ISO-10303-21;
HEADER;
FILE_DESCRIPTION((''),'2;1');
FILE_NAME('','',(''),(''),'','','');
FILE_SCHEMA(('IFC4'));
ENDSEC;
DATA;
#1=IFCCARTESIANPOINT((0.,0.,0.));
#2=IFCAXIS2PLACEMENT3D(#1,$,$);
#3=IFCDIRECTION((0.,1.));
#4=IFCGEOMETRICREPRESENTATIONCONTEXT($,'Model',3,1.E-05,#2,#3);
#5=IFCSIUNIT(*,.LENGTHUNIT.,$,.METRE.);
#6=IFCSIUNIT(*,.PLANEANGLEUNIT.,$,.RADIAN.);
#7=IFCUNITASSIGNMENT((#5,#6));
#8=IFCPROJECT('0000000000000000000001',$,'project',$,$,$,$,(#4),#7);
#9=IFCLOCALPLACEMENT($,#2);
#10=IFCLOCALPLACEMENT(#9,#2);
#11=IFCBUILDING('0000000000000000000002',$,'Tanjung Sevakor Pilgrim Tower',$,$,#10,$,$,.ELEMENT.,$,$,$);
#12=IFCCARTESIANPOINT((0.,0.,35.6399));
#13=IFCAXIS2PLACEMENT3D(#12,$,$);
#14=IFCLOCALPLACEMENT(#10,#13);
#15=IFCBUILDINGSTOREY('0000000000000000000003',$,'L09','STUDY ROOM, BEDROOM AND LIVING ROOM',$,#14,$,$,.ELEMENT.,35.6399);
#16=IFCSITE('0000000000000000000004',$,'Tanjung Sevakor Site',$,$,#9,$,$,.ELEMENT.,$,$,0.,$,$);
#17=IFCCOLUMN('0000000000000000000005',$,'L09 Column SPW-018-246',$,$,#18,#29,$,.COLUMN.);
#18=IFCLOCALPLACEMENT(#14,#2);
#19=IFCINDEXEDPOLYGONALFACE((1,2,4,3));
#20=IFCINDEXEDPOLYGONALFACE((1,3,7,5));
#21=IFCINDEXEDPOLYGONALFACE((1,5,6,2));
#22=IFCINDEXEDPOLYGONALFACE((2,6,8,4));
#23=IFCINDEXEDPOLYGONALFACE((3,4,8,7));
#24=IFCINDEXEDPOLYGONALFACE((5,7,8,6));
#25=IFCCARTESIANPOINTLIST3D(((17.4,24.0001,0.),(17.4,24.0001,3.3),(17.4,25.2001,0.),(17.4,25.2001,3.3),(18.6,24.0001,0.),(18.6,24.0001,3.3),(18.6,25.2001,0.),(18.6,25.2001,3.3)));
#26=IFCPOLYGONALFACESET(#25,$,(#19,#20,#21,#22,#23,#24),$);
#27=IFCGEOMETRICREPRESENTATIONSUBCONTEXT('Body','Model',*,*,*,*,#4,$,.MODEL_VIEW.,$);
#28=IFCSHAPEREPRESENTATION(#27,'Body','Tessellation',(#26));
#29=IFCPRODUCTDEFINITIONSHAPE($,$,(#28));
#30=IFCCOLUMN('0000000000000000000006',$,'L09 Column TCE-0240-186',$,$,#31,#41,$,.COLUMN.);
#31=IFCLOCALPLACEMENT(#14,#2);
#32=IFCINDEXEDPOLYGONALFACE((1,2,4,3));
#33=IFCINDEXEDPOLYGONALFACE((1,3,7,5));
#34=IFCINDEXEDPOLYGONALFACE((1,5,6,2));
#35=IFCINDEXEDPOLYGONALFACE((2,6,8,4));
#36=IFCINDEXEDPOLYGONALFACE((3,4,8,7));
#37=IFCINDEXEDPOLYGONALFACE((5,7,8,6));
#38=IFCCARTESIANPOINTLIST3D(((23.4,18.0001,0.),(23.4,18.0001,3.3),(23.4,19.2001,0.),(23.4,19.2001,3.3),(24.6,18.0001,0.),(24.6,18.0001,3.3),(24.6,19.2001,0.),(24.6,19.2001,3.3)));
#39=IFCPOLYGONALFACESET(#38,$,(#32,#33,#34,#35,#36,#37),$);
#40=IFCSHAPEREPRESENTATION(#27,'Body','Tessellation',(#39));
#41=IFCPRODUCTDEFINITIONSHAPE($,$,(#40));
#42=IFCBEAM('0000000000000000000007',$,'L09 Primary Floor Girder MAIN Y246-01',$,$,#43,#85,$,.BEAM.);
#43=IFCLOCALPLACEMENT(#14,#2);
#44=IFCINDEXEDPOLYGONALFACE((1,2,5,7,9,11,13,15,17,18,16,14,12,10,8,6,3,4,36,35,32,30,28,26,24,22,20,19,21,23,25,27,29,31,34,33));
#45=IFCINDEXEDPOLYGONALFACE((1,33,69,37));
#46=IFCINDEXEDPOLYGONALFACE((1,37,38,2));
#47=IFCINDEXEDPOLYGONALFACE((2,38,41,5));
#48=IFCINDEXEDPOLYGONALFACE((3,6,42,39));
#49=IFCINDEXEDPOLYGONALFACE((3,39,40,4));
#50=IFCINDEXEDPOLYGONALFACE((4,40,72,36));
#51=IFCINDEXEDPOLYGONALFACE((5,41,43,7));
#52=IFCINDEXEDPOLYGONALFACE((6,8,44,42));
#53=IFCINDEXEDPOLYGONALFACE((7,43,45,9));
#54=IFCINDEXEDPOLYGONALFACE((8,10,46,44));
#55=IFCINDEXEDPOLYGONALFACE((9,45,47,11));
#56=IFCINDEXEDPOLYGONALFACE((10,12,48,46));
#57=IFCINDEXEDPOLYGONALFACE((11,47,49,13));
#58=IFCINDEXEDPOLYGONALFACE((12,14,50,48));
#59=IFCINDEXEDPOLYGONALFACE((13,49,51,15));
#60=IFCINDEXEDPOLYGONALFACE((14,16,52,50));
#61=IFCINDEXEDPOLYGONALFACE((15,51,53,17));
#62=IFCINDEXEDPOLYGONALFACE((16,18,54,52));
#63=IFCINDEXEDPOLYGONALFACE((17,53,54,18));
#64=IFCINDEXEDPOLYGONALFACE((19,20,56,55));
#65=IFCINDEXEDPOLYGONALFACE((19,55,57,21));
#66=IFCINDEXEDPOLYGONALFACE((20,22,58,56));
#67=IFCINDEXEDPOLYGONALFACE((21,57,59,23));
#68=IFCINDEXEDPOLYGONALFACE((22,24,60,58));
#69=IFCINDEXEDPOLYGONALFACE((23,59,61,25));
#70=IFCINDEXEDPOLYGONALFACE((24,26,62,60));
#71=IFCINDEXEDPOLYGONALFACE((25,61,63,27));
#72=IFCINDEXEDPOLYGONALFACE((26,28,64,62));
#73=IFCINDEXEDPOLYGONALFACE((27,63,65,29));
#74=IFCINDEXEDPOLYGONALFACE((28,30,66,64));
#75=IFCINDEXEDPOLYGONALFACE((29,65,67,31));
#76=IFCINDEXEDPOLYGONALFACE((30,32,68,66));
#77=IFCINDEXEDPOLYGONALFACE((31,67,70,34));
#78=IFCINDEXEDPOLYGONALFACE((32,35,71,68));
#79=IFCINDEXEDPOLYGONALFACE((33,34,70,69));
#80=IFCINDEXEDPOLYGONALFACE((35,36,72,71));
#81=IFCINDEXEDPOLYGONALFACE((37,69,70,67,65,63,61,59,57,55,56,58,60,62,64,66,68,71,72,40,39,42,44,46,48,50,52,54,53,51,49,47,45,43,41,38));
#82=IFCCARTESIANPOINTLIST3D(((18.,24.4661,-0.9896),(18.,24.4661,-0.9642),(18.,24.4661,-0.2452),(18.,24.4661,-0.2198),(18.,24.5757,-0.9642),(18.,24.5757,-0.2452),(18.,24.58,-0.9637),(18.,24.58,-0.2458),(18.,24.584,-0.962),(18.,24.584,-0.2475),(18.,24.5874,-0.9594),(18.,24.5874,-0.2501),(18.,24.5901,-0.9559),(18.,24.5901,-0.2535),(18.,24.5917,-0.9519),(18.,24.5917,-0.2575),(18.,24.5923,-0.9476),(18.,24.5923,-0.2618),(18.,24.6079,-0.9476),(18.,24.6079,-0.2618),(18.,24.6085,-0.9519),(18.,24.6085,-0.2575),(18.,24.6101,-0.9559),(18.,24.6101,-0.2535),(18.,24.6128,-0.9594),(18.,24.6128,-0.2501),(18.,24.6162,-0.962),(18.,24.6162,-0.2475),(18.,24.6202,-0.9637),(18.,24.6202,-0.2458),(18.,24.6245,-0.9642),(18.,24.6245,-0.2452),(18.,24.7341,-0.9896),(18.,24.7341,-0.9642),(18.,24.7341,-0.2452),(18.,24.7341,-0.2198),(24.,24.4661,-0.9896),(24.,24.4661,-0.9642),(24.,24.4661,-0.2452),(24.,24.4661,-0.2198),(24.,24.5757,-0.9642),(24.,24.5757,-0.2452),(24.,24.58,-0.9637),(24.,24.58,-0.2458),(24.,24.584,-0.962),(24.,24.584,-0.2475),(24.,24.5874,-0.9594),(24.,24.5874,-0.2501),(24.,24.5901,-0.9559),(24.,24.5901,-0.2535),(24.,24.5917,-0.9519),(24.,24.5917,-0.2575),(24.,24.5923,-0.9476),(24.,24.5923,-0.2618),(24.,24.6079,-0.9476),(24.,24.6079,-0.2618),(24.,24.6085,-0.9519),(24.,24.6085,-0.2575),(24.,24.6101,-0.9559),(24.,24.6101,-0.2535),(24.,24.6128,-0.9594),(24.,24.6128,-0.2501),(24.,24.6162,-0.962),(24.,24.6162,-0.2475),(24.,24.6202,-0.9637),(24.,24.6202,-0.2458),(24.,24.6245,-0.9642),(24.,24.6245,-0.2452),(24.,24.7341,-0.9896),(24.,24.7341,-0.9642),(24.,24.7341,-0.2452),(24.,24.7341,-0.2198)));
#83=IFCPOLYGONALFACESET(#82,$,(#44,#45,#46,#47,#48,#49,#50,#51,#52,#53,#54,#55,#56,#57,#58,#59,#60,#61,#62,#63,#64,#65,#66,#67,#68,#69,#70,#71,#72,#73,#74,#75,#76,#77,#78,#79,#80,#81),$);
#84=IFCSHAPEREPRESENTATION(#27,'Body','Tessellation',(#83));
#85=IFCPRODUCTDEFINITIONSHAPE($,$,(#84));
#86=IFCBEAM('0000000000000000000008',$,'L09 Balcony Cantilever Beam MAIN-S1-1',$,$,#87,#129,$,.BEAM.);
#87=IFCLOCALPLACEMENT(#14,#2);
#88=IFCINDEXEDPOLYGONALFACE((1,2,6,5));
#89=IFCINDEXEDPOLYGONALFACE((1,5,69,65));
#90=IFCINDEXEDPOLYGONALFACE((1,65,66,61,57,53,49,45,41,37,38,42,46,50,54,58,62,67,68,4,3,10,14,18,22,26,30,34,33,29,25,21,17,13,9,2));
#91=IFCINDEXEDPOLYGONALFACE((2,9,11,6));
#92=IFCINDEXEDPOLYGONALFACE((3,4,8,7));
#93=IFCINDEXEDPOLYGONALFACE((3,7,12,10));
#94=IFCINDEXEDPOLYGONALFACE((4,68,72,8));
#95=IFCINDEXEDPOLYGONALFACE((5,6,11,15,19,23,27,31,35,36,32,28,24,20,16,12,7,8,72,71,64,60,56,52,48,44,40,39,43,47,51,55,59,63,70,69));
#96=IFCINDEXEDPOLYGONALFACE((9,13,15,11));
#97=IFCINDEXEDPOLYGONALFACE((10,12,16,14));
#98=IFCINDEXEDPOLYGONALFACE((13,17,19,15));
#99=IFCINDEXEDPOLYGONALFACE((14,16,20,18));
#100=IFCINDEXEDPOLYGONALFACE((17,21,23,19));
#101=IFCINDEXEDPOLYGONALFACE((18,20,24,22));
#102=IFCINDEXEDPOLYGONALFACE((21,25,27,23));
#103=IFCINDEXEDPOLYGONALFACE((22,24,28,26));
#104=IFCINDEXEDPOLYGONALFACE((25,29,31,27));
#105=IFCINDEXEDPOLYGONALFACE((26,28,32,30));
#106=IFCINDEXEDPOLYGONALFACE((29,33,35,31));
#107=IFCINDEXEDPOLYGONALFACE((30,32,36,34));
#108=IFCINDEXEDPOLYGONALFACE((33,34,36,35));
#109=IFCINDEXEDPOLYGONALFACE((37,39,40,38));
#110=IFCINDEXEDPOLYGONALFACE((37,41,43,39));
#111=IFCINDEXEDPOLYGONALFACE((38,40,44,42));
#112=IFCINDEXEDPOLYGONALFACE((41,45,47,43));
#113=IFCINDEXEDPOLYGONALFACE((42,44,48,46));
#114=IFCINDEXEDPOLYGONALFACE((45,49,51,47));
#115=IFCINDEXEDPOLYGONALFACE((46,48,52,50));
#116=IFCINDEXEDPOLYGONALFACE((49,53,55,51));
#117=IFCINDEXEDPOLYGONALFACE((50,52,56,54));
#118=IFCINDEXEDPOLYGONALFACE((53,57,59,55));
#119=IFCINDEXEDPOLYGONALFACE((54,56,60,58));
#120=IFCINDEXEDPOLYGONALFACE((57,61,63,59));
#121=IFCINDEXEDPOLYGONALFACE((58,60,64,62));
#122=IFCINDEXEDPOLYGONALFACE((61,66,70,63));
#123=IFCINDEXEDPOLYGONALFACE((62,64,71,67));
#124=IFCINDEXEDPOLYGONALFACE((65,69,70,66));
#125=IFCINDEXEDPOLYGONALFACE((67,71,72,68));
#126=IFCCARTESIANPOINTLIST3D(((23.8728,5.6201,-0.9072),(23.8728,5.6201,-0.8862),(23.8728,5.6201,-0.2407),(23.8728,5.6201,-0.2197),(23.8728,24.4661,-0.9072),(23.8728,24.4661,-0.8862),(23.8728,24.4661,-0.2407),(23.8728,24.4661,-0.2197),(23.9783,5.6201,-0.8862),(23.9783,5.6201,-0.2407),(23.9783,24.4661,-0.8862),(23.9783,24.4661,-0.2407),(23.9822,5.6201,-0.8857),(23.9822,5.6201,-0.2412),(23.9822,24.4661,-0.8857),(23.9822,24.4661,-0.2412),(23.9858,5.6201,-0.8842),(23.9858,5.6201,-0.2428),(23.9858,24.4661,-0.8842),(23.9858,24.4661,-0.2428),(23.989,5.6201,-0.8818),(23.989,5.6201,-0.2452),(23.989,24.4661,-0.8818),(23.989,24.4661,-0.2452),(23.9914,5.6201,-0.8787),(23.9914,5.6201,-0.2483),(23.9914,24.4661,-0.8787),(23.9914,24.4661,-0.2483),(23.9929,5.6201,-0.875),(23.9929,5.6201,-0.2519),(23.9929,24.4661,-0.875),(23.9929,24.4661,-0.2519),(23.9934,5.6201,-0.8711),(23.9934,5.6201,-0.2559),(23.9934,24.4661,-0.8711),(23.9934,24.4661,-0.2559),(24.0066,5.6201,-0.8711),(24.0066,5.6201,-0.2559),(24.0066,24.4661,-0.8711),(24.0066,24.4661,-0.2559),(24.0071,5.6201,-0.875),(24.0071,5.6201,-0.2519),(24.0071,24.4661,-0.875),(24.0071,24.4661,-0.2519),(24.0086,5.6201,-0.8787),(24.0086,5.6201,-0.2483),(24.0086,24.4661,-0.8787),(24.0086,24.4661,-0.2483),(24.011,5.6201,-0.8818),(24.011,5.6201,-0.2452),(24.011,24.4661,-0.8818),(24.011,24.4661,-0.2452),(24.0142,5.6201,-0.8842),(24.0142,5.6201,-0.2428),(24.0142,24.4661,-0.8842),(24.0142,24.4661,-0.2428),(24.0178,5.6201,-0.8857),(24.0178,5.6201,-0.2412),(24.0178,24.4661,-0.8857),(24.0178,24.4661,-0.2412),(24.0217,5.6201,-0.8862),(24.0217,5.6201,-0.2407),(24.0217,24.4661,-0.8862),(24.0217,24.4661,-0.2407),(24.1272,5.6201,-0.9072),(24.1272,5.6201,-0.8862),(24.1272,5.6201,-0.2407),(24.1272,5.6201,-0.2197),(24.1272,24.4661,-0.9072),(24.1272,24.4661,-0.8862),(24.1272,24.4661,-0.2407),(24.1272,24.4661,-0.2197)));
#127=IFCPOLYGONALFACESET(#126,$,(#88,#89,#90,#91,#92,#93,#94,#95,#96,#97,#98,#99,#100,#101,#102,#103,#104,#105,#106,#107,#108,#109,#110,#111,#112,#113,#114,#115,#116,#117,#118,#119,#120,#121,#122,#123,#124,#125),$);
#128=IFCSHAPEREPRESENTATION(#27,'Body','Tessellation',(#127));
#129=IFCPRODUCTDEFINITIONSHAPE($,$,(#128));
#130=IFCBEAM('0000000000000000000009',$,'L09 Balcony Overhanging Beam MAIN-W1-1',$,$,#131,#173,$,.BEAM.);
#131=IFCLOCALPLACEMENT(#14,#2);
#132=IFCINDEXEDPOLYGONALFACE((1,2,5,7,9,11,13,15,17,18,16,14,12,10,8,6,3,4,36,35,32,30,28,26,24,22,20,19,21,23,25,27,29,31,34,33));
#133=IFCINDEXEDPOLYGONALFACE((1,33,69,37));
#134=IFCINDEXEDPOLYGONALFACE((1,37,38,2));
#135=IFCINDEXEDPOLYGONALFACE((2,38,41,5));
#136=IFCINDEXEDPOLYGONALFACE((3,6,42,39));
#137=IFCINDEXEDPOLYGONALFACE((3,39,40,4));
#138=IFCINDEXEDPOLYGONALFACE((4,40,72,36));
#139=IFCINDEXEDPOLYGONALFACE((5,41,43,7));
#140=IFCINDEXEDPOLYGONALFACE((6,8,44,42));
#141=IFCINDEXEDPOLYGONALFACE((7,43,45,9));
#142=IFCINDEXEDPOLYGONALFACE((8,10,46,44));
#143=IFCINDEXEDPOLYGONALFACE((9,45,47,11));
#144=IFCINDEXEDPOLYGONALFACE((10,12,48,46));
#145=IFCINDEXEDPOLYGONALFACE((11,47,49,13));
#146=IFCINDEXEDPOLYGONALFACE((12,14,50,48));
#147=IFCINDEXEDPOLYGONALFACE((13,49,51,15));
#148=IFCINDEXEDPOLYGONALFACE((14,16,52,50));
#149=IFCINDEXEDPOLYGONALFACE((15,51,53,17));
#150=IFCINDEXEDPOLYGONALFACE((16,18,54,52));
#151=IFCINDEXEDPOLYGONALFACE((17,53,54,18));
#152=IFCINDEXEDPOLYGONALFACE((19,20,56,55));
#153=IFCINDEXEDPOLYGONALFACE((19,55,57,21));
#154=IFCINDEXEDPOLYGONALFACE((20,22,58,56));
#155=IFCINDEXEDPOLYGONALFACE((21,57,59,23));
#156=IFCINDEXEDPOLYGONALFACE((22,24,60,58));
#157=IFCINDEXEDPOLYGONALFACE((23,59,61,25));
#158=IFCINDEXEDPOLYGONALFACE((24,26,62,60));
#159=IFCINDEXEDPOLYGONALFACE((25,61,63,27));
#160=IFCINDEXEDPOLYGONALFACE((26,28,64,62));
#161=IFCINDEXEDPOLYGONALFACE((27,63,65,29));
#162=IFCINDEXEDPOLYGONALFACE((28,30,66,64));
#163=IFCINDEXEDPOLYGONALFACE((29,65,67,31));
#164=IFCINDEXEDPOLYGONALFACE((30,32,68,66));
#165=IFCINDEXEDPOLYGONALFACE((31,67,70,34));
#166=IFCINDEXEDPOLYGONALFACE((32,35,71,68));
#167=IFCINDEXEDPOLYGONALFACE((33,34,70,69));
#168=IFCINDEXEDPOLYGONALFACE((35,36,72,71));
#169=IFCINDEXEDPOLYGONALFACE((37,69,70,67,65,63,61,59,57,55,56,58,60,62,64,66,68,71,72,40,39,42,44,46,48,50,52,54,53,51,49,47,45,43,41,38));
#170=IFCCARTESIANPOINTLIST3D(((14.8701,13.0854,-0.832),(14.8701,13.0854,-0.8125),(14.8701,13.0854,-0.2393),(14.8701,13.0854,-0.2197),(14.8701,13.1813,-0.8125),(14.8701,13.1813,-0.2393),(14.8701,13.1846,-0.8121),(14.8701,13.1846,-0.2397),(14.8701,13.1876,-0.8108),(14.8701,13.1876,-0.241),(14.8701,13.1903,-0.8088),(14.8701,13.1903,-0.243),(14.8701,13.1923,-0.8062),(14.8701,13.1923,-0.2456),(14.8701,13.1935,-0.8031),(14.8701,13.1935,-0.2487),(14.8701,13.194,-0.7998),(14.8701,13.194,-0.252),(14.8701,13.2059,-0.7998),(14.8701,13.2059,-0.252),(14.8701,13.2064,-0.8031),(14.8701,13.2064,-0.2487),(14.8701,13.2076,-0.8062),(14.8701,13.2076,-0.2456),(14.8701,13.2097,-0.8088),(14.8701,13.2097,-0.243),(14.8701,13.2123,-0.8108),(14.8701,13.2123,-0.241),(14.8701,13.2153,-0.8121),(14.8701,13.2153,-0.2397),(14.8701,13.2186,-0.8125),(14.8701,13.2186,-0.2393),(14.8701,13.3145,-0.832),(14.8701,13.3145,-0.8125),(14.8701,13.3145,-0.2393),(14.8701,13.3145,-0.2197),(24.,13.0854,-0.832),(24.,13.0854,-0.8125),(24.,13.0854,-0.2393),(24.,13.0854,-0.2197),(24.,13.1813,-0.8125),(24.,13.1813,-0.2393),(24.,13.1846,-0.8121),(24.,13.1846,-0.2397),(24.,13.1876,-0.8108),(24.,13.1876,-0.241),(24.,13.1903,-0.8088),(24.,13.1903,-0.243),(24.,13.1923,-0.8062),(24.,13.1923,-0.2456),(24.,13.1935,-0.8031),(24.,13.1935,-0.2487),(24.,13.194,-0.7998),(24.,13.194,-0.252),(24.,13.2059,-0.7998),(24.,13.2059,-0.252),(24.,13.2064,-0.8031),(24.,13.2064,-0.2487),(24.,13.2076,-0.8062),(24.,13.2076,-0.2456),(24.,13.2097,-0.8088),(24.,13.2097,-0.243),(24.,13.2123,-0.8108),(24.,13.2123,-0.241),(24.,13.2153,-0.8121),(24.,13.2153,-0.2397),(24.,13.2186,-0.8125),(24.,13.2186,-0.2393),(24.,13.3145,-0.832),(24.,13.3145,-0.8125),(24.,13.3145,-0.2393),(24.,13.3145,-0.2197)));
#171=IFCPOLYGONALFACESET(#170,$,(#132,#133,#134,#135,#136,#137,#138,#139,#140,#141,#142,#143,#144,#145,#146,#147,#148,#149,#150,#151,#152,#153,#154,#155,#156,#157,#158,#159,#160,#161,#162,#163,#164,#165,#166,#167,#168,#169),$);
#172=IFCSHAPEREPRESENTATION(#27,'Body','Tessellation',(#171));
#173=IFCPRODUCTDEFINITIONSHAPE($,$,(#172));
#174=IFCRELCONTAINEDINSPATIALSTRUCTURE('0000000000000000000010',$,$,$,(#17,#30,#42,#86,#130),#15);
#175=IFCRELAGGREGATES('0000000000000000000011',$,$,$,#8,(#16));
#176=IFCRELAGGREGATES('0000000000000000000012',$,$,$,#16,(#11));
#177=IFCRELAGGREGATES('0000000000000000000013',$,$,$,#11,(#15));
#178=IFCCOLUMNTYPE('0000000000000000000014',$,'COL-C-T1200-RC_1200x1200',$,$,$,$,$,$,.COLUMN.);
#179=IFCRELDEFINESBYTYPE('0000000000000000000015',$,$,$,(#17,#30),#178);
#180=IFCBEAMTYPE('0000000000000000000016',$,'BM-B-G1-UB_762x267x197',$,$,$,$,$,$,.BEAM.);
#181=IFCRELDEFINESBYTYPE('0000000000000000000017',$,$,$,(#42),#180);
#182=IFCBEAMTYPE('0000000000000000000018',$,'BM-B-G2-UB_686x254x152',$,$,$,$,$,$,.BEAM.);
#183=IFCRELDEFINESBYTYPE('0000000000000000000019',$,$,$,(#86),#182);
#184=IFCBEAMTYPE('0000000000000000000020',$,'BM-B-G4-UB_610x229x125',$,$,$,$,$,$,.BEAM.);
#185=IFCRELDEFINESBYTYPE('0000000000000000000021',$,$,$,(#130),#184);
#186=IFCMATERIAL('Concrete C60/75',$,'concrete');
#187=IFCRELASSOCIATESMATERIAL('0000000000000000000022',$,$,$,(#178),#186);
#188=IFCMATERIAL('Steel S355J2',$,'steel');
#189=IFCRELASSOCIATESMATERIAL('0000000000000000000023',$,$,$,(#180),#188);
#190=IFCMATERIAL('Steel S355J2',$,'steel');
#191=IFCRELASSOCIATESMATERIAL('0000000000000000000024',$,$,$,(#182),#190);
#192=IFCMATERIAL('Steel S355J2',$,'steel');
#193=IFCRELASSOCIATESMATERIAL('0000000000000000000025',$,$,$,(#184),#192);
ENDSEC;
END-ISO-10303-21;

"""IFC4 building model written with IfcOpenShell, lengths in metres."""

from ifc_helpers import new_model, si_unit, direction, frame, origin, origin_2d, place, context, subcontext, project, spatial, rectangle, i_section, extrude, material, material_profile, profile_set, type_object, element, save


model = new_model("IFC4")

# Units and contexts
model_context = context("Model", 3, precision=1e-05, world=origin(), true_north=direction((0.0, 1.0)))
body_context = subcontext(model_context, "Body", "Model", "MODEL_VIEW")
ifc_project = project(units=[si_unit("LENGTHUNIT", "METRE"), si_unit("PLANEANGLEUNIT", "RADIAN")], contexts=[model_context])

# Site, building, storey
site_placement = place(None, origin())
site = spatial("IfcSite", under=ifc_project, at=site_placement, Name="Tanjung Sevakor Site", CompositionType="ELEMENT", RefElevation=0.0)
building_placement = place(site_placement, origin())
building = spatial("IfcBuilding", under=site, at=building_placement, Name="Tanjung Sevakor Pilgrim Tower", CompositionType="ELEMENT")
storey_placement = place(building_placement, frame((0.0, 0.0, 35.6399)))
storey = spatial("IfcBuildingStorey", under=building, at=storey_placement, Name="L09", Description="STUDY ROOM, BEDROOM AND LIVING ROOM", CompositionType="ELEMENT", Elevation=35.6399)

# Columns
ifc_material_1 = material(Name="Concrete C60/75", Category="concrete")
ifc_material_profile_1 = material_profile(ifc_material_1, rectangle(XDim=1.2, YDim=1.2, at=origin_2d()))
ifc_profile_set_1 = profile_set([ifc_material_profile_1], Name="Concrete C60/75")
column_type = type_object("IfcColumnType", Name="COL-C-T1200-RC_1200x1200", PredefinedType="COLUMN", material=ifc_profile_set_1)
for number, where, z_axis, x_axis, name in (
    (1, (18.0, 24.6001, 0.0), (0.0, 0.0, 1.0), (1.0, 0.0, 0.0), "L09 Column SPW-018-246"),
    (2, (24.0, 18.6001, 0.0), (0.0, 0.0, 1.0), (1.0, 0.0, 0.0), "L09 Column TCE-0240-186"),
):
    element("IfcColumn", number, at=place(storey_placement, frame(where, z_axis=z_axis, x_axis=x_axis)), inside=storey, type_object=column_type, Name=name, PredefinedType="COLUMN", context=body_context, shape_type="SweptSolid", body=[
        extrude(rectangle(XDim=1.2, YDim=1.2, at=origin_2d()), origin(), (0.0, 0.0, 1.0), 3.3),
    ])

# Beams
ifc_material_2 = material(Name="Steel S355J2", Category="steel")
ifc_material_profile_2 = material_profile(ifc_material_2, i_section(OverallWidth=0.2681, OverallDepth=0.7698, WebThickness=0.0156, FlangeThickness=0.0254, FilletRadius=0.0166, at=origin_2d()))
ifc_profile_set_2 = profile_set([ifc_material_profile_2], Name="Steel S355J2")
beam_type_1 = type_object("IfcBeamType", Name="BM-B-G1-UB_762x267x197", PredefinedType="BEAM", material=ifc_profile_set_2)
beam_1_placement = place(storey_placement, frame((18.0, 24.6001, -0.6047), z_axis=(1.0, 0.0, 0.0), x_axis=(0.0, 1.0, 0.0)))
element("IfcBeam", 3, at=beam_1_placement, inside=storey, type_object=beam_type_1, Name="L09 Primary Floor Girder MAIN Y246-01", PredefinedType="BEAM", context=body_context, shape_type="SweptSolid", body=[
    extrude(i_section(OverallWidth=0.2681, OverallDepth=0.7698, WebThickness=0.0156, FlangeThickness=0.0254, FilletRadius=0.0166, at=origin_2d()), origin(), (0.0, 0.0, 1.0), 6.0),
])
ifc_material_3 = material(Name="Steel S355J2", Category="steel")
ifc_material_profile_3 = material_profile(ifc_material_3, i_section(OverallWidth=0.2544, OverallDepth=0.6875, WebThickness=0.0132, FlangeThickness=0.021, FilletRadius=0.0151, at=origin_2d()))
ifc_profile_set_3 = profile_set([ifc_material_profile_3], Name="Steel S355J2")
beam_type_2 = type_object("IfcBeamType", Name="BM-B-G2-UB_686x254x152", PredefinedType="BEAM", material=ifc_profile_set_3)
beam_2_placement = place(storey_placement, frame((24.0, 24.4661, -0.5635), z_axis=(0.0, -1.0, 0.0), x_axis=(1.0, 0.0, 0.0)))
element("IfcBeam", 4, at=beam_2_placement, inside=storey, type_object=beam_type_2, Name="L09 Balcony Cantilever Beam MAIN-S1-1", PredefinedType="BEAM", context=body_context, shape_type="SweptSolid", body=[
    extrude(i_section(OverallWidth=0.2544, OverallDepth=0.6875, WebThickness=0.0132, FlangeThickness=0.021, FilletRadius=0.0151, at=origin_2d()), origin(), (0.0, 0.0, 1.0), 18.8459),
])
ifc_material_4 = material(Name="Steel S355J2", Category="steel")
ifc_material_profile_4 = material_profile(ifc_material_4, i_section(OverallWidth=0.229, OverallDepth=0.6123, WebThickness=0.012, FlangeThickness=0.0195, FilletRadius=0.0127, at=origin_2d()))
ifc_profile_set_4 = profile_set([ifc_material_profile_4], Name="Steel S355J2")
beam_type_3 = type_object("IfcBeamType", Name="BM-B-G4-UB_610x229x125", PredefinedType="BEAM", material=ifc_profile_set_4)
for number, where, z_axis, x_axis, name in (
    (5, (24.0, 13.2, -0.5259), (-1.0, 0.0, 0.0), (0.0, -1.0, 0.0), "L09 Balcony Overhanging Beam MAIN-W1-1"),
):
    element("IfcBeam", number, at=place(storey_placement, frame(where, z_axis=z_axis, x_axis=x_axis)), inside=storey, type_object=beam_type_3, Name=name, PredefinedType="BEAM", context=body_context, shape_type="SweptSolid", body=[
        extrude(i_section(OverallWidth=0.229, OverallDepth=0.6123, WebThickness=0.012, FlangeThickness=0.0195, FilletRadius=0.0127, at=origin_2d()), origin(), (0.0, 0.0, 1.0), 9.1299),
    ])

save(model, "model.ifc")
